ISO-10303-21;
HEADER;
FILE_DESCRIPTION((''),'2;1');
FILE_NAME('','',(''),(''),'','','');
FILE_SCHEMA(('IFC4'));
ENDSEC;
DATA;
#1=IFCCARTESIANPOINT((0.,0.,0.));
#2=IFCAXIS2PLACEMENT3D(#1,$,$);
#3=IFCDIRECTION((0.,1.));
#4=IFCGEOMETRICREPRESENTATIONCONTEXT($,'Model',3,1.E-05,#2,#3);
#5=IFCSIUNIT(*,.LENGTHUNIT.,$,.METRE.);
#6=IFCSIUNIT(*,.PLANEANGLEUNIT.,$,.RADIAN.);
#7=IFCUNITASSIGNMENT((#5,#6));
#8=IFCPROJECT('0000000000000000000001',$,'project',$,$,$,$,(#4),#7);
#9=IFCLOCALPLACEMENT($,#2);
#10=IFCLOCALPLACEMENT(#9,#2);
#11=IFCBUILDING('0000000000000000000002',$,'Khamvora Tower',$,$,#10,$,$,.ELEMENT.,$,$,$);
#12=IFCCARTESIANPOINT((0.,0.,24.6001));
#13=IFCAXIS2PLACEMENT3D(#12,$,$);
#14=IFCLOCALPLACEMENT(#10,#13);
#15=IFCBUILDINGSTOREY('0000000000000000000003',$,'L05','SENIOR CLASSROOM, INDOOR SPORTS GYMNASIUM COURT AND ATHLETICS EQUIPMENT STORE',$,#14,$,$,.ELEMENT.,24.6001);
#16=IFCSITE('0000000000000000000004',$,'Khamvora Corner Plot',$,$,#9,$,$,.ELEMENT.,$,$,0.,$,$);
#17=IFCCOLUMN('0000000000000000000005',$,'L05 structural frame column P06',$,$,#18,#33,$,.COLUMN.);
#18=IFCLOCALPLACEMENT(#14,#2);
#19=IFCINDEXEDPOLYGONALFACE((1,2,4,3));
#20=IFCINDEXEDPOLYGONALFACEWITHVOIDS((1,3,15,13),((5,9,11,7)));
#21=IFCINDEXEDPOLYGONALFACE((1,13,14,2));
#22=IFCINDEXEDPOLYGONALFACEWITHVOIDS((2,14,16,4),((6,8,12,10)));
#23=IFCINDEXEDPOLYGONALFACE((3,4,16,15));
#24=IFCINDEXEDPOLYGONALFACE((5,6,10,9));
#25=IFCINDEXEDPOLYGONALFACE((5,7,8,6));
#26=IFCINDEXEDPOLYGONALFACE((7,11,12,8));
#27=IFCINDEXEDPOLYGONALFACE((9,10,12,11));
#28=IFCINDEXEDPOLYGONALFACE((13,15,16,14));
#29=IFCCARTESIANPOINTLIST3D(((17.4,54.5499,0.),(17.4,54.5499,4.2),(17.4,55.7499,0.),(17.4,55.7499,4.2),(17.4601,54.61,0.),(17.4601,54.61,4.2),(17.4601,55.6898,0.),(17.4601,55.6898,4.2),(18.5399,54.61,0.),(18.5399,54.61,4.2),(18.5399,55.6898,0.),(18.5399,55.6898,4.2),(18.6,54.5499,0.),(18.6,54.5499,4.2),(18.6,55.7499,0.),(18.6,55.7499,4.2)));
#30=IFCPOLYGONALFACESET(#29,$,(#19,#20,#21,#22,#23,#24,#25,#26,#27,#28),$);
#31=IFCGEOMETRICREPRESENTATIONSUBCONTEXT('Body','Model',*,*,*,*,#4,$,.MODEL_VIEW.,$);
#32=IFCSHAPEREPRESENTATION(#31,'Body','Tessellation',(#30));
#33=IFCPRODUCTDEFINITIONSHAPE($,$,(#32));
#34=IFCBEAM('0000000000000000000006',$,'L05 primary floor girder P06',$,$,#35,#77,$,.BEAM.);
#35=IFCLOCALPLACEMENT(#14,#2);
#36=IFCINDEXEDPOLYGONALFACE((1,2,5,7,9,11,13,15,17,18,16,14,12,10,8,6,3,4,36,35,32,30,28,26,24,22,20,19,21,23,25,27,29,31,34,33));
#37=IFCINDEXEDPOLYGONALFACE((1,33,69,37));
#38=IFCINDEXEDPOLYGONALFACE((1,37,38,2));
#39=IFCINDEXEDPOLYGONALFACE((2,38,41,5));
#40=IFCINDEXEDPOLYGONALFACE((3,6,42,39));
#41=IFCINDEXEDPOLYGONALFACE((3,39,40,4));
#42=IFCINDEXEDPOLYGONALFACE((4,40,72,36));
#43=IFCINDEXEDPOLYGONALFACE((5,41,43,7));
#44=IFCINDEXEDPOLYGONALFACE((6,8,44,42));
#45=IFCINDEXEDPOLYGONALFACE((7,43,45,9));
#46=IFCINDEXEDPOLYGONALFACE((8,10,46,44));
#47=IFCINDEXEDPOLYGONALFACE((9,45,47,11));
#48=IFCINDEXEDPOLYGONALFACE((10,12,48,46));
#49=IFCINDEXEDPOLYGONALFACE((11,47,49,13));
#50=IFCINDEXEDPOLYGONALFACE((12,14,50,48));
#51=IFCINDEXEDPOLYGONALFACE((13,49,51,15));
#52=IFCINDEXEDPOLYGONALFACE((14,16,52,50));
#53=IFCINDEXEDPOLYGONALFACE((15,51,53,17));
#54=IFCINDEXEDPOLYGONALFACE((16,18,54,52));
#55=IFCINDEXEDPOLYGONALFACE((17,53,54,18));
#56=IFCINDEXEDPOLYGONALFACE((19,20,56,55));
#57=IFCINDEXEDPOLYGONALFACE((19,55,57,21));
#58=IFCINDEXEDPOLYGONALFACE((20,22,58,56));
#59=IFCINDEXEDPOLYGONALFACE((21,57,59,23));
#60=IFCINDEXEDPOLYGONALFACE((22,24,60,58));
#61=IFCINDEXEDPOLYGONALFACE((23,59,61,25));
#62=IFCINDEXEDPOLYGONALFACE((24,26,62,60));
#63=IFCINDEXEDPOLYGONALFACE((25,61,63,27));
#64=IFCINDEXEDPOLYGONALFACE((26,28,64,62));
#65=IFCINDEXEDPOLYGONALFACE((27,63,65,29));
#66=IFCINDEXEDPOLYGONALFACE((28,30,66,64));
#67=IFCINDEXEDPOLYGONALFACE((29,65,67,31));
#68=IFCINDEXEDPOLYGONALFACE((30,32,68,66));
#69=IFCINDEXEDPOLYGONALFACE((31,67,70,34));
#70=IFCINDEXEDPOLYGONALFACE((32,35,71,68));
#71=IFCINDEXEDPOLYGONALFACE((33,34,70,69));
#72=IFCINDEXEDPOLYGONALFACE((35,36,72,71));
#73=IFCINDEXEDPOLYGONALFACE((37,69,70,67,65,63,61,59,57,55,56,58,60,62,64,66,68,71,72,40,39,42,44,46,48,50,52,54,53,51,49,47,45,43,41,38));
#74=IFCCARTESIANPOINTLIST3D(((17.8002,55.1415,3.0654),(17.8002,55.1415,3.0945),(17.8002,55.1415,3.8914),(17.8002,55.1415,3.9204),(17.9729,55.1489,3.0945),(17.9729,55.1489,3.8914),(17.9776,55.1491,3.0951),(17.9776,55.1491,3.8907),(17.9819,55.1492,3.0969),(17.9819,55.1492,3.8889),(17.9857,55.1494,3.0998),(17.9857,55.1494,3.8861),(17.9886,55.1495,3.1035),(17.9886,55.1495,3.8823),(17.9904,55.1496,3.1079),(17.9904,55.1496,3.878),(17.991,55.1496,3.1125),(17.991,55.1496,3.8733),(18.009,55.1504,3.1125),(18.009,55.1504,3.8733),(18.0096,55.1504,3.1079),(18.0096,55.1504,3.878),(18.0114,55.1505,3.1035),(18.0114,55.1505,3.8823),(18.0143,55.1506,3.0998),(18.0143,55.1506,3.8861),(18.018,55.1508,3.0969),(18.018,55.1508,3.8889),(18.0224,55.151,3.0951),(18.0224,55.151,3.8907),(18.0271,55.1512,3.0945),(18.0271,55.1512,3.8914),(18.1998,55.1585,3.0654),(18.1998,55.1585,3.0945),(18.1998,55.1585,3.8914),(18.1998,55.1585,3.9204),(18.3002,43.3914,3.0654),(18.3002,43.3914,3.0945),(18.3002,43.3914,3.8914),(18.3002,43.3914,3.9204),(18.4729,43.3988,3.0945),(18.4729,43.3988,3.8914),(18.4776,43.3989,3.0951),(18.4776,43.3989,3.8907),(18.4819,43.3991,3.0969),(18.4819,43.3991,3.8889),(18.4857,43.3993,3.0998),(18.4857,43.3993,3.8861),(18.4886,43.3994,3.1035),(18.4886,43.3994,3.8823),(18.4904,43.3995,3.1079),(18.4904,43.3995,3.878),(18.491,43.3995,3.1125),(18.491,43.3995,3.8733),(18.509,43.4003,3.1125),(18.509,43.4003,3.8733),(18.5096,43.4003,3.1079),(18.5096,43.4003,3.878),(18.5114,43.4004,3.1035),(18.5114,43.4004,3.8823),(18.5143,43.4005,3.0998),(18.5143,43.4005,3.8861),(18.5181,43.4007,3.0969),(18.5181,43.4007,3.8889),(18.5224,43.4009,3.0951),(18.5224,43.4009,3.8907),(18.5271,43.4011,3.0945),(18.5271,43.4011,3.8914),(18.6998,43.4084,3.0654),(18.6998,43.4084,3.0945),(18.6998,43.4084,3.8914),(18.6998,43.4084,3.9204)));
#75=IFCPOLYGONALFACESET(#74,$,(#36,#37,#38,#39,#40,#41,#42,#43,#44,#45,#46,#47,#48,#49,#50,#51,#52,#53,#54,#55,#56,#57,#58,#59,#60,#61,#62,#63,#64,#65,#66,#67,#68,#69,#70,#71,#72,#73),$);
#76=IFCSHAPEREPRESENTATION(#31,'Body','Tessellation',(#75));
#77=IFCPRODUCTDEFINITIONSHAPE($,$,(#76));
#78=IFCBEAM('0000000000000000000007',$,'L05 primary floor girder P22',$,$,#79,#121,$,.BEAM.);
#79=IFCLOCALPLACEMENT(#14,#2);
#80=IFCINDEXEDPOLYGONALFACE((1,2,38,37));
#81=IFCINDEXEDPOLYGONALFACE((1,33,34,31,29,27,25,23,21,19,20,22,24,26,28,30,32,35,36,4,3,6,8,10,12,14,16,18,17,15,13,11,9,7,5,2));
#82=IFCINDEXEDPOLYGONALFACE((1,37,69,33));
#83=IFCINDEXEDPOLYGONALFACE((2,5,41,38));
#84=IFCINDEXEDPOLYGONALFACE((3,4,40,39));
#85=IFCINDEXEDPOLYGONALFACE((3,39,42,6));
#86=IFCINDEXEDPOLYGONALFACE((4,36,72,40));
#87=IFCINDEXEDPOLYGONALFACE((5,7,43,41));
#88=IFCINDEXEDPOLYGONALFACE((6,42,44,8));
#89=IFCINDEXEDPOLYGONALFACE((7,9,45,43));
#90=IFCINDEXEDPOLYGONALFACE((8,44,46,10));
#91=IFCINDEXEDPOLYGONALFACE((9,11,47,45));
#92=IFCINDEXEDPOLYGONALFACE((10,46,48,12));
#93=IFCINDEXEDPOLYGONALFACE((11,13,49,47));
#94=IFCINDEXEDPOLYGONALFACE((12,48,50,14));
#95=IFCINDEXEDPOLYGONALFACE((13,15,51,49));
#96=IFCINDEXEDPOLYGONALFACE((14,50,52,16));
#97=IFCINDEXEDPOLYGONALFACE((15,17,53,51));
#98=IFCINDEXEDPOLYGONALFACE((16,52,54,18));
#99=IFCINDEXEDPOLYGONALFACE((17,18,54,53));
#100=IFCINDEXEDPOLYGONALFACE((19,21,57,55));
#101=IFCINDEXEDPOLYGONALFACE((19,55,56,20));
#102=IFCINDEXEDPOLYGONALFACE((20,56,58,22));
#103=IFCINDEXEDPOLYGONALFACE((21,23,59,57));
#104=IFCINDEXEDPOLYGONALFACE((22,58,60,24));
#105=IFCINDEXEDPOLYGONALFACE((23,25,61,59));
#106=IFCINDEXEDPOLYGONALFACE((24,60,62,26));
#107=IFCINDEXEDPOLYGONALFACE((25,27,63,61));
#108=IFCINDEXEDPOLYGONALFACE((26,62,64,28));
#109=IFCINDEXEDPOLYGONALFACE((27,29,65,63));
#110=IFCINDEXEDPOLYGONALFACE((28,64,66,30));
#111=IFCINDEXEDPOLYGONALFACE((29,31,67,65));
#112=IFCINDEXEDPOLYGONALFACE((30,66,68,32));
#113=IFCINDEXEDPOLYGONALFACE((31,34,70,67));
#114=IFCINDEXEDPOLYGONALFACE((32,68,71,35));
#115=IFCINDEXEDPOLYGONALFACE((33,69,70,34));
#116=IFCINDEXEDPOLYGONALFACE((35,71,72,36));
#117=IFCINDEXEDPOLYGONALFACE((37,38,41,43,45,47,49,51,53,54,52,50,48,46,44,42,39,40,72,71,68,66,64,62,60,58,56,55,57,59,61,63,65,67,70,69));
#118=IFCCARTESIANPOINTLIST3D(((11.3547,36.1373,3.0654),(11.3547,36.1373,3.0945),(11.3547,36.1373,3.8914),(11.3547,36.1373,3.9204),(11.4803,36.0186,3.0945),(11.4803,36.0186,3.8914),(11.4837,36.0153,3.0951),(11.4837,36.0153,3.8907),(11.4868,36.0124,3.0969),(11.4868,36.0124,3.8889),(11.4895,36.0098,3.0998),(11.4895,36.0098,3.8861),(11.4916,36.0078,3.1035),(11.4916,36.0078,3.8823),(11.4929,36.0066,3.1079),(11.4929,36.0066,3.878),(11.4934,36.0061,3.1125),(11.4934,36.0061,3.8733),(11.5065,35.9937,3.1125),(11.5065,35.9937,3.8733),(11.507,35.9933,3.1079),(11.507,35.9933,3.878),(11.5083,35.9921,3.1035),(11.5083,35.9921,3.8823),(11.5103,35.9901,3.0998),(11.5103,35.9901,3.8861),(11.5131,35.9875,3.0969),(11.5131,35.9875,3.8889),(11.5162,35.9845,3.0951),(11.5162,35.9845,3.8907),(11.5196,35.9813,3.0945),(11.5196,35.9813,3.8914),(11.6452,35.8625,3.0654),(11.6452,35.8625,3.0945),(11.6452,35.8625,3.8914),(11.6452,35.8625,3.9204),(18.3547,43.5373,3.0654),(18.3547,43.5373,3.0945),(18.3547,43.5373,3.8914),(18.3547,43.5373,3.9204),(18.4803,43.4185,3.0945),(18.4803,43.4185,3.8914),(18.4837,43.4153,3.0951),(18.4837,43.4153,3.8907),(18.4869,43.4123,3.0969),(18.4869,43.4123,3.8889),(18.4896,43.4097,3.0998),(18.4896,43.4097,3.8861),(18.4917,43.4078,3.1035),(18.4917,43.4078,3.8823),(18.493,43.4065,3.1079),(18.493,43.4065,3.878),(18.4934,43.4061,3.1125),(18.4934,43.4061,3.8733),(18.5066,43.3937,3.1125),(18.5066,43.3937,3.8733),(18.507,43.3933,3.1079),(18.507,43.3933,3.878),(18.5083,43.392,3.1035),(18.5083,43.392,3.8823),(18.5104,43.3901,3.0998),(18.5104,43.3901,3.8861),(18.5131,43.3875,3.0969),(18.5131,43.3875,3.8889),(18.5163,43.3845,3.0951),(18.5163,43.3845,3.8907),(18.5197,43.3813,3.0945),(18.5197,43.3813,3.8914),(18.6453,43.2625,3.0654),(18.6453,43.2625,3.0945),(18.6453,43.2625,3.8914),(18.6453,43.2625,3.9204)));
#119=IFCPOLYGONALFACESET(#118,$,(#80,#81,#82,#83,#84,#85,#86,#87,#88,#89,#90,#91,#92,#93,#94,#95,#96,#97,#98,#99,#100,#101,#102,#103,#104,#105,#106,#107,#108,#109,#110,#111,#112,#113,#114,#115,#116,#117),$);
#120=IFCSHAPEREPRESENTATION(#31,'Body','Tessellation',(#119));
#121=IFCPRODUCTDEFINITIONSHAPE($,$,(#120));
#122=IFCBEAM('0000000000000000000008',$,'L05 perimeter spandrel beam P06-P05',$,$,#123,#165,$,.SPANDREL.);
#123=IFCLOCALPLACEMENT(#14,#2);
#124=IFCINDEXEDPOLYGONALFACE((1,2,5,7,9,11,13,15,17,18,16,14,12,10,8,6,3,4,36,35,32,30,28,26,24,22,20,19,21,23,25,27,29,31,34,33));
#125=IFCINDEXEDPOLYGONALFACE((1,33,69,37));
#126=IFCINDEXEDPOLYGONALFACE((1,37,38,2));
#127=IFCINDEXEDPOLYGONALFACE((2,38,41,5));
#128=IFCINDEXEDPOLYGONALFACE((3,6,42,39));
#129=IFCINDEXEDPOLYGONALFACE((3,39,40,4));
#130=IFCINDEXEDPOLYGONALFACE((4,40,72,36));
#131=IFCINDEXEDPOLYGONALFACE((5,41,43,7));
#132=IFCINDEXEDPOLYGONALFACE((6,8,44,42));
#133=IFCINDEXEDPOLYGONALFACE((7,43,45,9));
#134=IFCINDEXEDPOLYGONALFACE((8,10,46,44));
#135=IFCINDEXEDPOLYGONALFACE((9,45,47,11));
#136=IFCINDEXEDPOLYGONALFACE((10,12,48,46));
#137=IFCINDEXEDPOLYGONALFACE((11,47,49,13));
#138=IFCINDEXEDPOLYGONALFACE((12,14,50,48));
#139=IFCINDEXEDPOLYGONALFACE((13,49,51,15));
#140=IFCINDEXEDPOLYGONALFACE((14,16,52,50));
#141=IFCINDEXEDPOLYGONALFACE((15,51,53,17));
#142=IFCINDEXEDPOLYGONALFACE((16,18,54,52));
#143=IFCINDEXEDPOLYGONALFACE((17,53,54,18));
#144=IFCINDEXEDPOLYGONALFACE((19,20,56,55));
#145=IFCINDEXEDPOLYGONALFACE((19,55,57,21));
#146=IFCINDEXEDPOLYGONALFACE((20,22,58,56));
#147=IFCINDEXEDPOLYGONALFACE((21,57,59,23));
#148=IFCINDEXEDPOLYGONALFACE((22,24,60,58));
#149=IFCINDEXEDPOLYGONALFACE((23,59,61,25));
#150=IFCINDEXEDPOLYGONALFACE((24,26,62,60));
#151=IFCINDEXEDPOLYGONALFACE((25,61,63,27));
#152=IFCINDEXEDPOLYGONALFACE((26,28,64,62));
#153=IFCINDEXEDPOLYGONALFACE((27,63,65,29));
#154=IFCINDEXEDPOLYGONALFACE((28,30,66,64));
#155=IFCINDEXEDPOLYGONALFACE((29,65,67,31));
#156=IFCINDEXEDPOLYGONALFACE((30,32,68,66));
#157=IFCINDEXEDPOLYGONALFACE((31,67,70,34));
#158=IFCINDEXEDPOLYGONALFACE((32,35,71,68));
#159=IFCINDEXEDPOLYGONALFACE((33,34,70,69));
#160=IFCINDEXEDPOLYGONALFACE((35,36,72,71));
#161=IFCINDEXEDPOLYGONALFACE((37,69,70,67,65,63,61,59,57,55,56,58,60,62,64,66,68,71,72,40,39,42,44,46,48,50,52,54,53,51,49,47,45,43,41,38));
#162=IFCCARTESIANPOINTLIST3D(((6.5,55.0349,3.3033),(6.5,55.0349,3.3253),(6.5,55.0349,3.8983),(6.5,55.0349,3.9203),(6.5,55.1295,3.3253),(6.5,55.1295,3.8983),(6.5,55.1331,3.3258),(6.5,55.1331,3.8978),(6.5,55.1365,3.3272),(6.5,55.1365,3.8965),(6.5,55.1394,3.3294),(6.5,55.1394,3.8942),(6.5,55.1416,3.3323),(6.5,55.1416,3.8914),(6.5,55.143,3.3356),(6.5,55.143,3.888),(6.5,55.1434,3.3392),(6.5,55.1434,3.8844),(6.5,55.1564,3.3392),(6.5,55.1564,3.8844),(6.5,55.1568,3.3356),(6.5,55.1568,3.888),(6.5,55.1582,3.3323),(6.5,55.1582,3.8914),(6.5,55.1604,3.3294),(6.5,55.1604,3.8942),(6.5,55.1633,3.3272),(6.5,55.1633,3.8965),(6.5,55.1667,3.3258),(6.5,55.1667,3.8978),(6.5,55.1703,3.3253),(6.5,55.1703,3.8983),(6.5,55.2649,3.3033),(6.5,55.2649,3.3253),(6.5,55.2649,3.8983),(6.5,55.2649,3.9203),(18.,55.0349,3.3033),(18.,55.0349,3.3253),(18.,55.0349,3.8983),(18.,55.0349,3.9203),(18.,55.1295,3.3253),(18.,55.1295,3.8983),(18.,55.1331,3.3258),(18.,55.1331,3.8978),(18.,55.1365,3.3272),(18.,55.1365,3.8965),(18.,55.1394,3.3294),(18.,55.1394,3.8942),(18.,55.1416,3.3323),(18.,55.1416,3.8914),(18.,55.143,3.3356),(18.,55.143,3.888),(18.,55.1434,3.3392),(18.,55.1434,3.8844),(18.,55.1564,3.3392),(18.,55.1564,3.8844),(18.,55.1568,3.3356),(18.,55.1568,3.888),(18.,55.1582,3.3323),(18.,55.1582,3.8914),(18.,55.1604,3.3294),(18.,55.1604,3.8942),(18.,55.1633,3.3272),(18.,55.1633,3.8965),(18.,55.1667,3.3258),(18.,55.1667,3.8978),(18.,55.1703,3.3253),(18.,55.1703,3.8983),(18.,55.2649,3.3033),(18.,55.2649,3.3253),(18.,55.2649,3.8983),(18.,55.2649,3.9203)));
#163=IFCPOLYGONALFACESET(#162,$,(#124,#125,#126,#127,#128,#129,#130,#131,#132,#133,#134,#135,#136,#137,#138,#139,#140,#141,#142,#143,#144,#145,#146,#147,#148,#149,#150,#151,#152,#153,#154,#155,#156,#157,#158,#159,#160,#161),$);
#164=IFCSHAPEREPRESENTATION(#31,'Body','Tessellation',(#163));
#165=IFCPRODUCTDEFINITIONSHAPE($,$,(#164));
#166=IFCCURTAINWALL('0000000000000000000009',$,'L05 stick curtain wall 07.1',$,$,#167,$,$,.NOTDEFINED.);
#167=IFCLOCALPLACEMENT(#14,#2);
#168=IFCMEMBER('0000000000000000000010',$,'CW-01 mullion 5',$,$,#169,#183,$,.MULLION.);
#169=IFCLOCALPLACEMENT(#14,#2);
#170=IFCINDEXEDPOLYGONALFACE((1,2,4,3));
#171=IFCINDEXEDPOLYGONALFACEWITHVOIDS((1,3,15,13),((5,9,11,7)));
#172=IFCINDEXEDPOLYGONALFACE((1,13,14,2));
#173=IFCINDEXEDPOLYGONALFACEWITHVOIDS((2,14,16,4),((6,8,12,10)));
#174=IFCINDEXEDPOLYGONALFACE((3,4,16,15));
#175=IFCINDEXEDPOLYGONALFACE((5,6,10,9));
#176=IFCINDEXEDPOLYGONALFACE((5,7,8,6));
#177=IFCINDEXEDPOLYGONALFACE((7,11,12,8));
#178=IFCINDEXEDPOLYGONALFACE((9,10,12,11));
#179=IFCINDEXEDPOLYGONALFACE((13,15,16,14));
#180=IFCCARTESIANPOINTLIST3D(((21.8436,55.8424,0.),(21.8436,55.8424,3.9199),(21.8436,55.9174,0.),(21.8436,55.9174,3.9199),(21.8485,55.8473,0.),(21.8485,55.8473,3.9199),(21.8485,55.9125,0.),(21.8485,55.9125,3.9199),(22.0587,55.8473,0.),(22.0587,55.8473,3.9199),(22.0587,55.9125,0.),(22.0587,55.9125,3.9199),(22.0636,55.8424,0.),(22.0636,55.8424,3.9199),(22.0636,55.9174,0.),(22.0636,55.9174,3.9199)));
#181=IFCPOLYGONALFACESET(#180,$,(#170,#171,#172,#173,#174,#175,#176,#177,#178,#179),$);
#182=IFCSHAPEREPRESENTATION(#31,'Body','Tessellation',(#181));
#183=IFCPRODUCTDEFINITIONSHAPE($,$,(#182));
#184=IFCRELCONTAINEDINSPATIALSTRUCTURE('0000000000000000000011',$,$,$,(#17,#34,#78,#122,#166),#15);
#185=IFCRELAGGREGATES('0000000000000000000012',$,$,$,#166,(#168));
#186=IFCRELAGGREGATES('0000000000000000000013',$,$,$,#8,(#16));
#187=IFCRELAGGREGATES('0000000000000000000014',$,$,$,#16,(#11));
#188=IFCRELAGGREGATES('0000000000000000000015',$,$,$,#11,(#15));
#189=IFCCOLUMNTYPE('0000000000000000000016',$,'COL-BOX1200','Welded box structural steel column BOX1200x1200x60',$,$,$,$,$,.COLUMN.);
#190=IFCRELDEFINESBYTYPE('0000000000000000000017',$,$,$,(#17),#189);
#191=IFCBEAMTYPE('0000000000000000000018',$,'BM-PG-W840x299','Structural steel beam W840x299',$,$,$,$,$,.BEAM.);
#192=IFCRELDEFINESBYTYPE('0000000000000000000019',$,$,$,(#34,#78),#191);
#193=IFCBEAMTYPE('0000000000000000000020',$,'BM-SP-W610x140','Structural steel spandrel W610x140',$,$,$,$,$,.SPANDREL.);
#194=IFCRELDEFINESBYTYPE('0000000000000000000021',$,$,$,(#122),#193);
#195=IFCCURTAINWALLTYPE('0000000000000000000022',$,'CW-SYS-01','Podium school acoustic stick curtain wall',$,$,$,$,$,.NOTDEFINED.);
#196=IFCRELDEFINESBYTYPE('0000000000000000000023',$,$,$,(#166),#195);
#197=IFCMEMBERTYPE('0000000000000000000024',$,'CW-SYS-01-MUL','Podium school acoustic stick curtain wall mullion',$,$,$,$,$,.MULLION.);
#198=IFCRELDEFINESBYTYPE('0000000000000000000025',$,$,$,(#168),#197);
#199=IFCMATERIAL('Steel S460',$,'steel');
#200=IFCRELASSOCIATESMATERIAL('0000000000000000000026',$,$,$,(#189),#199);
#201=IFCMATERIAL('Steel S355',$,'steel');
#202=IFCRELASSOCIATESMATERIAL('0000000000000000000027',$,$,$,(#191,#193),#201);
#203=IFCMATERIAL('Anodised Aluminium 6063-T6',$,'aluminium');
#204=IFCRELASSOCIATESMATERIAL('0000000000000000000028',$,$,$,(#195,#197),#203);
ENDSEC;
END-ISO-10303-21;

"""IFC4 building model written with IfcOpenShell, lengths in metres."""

from ifc_helpers import new_model, si_unit, direction, frame, origin, origin_2d, place, context, subcontext, project, spatial, hollow_rectangle, i_section, extrude, material, material_profile, profile_set, type_object, element, aggregate, save


model = new_model("IFC4")

# Units and contexts
model_context = context("Model", 3, precision=1e-05, world=origin(), true_north=direction((0.0, 1.0)))
body_context = subcontext(model_context, "Body", "Model", "MODEL_VIEW")
ifc_project = project(units=[si_unit("LENGTHUNIT", "METRE"), si_unit("PLANEANGLEUNIT", "RADIAN")], contexts=[model_context])

# Site, building, storey
site_placement = place(None, origin())
site = spatial("IfcSite", under=ifc_project, at=site_placement, Name="Khamvora Corner Plot", CompositionType="ELEMENT", RefElevation=0.0)
building_placement = place(site_placement, origin())
building = spatial("IfcBuilding", under=site, at=building_placement, Name="Khamvora Tower", CompositionType="ELEMENT")
storey_placement = place(building_placement, frame((0.0, 0.0, 24.6001)))
storey = spatial("IfcBuildingStorey", under=building, at=storey_placement, Name="L05", Description="SENIOR CLASSROOM, INDOOR SPORTS GYMNASIUM COURT AND ATHLETICS EQUIPMENT STORE", CompositionType="ELEMENT", Elevation=24.6001)

# Column
ifc_material_1 = material(Name="Steel S460", Category="steel")
ifc_material_profile_1 = material_profile(ifc_material_1, hollow_rectangle(XDim=1.2, YDim=1.2, WallThickness=0.0601, at=origin_2d()), Name="BOX1200x1200x60")
ifc_profile_set_1 = profile_set([ifc_material_profile_1], Name="Steel S460")
column_type = type_object("IfcColumnType", Name="COL-BOX1200", Description="Welded box structural steel column BOX1200x1200x60", PredefinedType="COLUMN", material=ifc_profile_set_1)
column_placement = place(storey_placement, frame((18.0, 55.1499, 0.0), z_axis=(0.0, 0.0, 1.0), x_axis=(1.0, 0.0, 0.0)))
element("IfcColumn", 1, at=column_placement, inside=storey, type_object=column_type, Name="L05 structural frame column P06", PredefinedType="COLUMN", context=body_context, shape_type="SweptSolid", body=[
    extrude(hollow_rectangle(XDim=1.2, YDim=1.2, WallThickness=0.0601, at=origin_2d()), origin(), (0.0, 0.0, 1.0), 4.2),
])

# Beams
ifc_material_2 = material(Name="Steel S355", Category="steel")
ifc_material_profile_2 = material_profile(ifc_material_2, i_section(OverallWidth=0.3999, OverallDepth=0.855, WebThickness=0.0181, FlangeThickness=0.0291, FilletRadius=0.0181, at=origin_2d()), Name="W840x299")
ifc_profile_set_2 = profile_set([ifc_material_profile_2], Name="Steel S355")
beam_type_1 = type_object("IfcBeamType", Name="BM-PG-W840x299", Description="Structural steel beam W840x299", PredefinedType="BEAM", material=ifc_profile_set_2)
beam_1_placement = place(storey_placement, frame((18.5, 43.3999, 3.4929), z_axis=(-0.042515, 0.999096, 0.0), x_axis=(-0.999096, -0.042515, 0.0)))
element("IfcBeam", 2, at=beam_1_placement, inside=storey, type_object=beam_type_1, Name="L05 primary floor girder P06", PredefinedType="BEAM", context=body_context, shape_type="SweptSolid", body=[
    extrude(i_section(OverallWidth=0.3999, OverallDepth=0.855, WebThickness=0.0181, FlangeThickness=0.0291, FilletRadius=0.0181, at=origin_2d()), origin(), (0.0, 0.0, 1.0), 11.7607),
])
beam_2_placement = place(storey_placement, frame((18.5, 43.3999, 3.4929), z_axis=(-0.687205, -0.726464, 0.0), x_axis=(0.726464, -0.687205, 0.0)))
element("IfcBeam", 3, at=beam_2_placement, inside=storey, type_object=beam_type_1, Name="L05 primary floor girder P22", PredefinedType="BEAM", context=body_context, shape_type="SweptSolid", body=[
    extrude(i_section(OverallWidth=0.3999, OverallDepth=0.855, WebThickness=0.0181, FlangeThickness=0.0291, FilletRadius=0.0181, at=origin_2d()), origin(), (0.0, 0.0, 1.0), 10.1863),
])
ifc_material_profile_3 = material_profile(ifc_material_2, i_section(OverallWidth=0.23, OverallDepth=0.6169, WebThickness=0.0129, FlangeThickness=0.022, FilletRadius=0.0139, at=origin_2d()), Name="W610x140")
ifc_profile_set_3 = profile_set([ifc_material_profile_3], Name="Steel S355")
beam_type_2 = type_object("IfcBeamType", Name="BM-SP-W610x140", Description="Structural steel spandrel W610x140", PredefinedType="SPANDREL", material=ifc_profile_set_3)
beam_3_placement = place(storey_placement, frame((18.0, 55.1499, 3.6118), z_axis=(-1.0, 0.0, 0.0), x_axis=(0.0, -1.0, 0.0)))
element("IfcBeam", 4, at=beam_3_placement, inside=storey, type_object=beam_type_2, Name="L05 perimeter spandrel beam P06-P05", PredefinedType="SPANDREL", context=body_context, shape_type="SweptSolid", body=[
    extrude(i_section(OverallWidth=0.23, OverallDepth=0.6169, WebThickness=0.0129, FlangeThickness=0.022, FilletRadius=0.0139, at=origin_2d()), origin(), (0.0, 0.0, 1.0), 11.5),
])

# Curtain wall, member
ifc_material_3 = material(Name="Anodised Aluminium 6063-T6", Category="aluminium")
curtain_wall_type = type_object("IfcCurtainWallType", Name="CW-SYS-01", Description="Podium school acoustic stick curtain wall", PredefinedType="NOTDEFINED", material=ifc_material_3)
curtain_wall_placement = place(storey_placement, origin())
curtain_wall = element("IfcCurtainWall", 5, at=curtain_wall_placement, inside=storey, type_object=curtain_wall_type, Name="L05 stick curtain wall 07.1", PredefinedType="NOTDEFINED")
ifc_material_profile_4 = material_profile(ifc_material_3, hollow_rectangle(XDim=0.075, YDim=0.22, WallThickness=0.0049, at=origin_2d()), Name="MUL75x220x5")
ifc_profile_set_4 = profile_set([ifc_material_profile_4], Name="Anodised Aluminium 6063-T6")
member_type_1 = type_object("IfcMemberType", Name="CW-SYS-01-MUL", Description="Podium school acoustic stick curtain wall mullion", PredefinedType="MULLION", material=ifc_profile_set_4)
member_1_placement = place(storey_placement, frame((21.9536, 55.8799, 0.0), z_axis=(0.0, 0.0, 1.0), x_axis=(0.0, 1.0, 0.0)))
member_1 = element("IfcMember", 6, at=member_1_placement, type_object=member_type_1, Name="CW-01 mullion 5", PredefinedType="MULLION", context=body_context, shape_type="SweptSolid", body=[
    extrude(hollow_rectangle(XDim=0.075, YDim=0.22, WallThickness=0.0049, at=origin_2d()), origin(), (0.0, 0.0, 1.0), 3.9199),
])
aggregate(curtain_wall, [member_1])

save(model, "model.ifc")
